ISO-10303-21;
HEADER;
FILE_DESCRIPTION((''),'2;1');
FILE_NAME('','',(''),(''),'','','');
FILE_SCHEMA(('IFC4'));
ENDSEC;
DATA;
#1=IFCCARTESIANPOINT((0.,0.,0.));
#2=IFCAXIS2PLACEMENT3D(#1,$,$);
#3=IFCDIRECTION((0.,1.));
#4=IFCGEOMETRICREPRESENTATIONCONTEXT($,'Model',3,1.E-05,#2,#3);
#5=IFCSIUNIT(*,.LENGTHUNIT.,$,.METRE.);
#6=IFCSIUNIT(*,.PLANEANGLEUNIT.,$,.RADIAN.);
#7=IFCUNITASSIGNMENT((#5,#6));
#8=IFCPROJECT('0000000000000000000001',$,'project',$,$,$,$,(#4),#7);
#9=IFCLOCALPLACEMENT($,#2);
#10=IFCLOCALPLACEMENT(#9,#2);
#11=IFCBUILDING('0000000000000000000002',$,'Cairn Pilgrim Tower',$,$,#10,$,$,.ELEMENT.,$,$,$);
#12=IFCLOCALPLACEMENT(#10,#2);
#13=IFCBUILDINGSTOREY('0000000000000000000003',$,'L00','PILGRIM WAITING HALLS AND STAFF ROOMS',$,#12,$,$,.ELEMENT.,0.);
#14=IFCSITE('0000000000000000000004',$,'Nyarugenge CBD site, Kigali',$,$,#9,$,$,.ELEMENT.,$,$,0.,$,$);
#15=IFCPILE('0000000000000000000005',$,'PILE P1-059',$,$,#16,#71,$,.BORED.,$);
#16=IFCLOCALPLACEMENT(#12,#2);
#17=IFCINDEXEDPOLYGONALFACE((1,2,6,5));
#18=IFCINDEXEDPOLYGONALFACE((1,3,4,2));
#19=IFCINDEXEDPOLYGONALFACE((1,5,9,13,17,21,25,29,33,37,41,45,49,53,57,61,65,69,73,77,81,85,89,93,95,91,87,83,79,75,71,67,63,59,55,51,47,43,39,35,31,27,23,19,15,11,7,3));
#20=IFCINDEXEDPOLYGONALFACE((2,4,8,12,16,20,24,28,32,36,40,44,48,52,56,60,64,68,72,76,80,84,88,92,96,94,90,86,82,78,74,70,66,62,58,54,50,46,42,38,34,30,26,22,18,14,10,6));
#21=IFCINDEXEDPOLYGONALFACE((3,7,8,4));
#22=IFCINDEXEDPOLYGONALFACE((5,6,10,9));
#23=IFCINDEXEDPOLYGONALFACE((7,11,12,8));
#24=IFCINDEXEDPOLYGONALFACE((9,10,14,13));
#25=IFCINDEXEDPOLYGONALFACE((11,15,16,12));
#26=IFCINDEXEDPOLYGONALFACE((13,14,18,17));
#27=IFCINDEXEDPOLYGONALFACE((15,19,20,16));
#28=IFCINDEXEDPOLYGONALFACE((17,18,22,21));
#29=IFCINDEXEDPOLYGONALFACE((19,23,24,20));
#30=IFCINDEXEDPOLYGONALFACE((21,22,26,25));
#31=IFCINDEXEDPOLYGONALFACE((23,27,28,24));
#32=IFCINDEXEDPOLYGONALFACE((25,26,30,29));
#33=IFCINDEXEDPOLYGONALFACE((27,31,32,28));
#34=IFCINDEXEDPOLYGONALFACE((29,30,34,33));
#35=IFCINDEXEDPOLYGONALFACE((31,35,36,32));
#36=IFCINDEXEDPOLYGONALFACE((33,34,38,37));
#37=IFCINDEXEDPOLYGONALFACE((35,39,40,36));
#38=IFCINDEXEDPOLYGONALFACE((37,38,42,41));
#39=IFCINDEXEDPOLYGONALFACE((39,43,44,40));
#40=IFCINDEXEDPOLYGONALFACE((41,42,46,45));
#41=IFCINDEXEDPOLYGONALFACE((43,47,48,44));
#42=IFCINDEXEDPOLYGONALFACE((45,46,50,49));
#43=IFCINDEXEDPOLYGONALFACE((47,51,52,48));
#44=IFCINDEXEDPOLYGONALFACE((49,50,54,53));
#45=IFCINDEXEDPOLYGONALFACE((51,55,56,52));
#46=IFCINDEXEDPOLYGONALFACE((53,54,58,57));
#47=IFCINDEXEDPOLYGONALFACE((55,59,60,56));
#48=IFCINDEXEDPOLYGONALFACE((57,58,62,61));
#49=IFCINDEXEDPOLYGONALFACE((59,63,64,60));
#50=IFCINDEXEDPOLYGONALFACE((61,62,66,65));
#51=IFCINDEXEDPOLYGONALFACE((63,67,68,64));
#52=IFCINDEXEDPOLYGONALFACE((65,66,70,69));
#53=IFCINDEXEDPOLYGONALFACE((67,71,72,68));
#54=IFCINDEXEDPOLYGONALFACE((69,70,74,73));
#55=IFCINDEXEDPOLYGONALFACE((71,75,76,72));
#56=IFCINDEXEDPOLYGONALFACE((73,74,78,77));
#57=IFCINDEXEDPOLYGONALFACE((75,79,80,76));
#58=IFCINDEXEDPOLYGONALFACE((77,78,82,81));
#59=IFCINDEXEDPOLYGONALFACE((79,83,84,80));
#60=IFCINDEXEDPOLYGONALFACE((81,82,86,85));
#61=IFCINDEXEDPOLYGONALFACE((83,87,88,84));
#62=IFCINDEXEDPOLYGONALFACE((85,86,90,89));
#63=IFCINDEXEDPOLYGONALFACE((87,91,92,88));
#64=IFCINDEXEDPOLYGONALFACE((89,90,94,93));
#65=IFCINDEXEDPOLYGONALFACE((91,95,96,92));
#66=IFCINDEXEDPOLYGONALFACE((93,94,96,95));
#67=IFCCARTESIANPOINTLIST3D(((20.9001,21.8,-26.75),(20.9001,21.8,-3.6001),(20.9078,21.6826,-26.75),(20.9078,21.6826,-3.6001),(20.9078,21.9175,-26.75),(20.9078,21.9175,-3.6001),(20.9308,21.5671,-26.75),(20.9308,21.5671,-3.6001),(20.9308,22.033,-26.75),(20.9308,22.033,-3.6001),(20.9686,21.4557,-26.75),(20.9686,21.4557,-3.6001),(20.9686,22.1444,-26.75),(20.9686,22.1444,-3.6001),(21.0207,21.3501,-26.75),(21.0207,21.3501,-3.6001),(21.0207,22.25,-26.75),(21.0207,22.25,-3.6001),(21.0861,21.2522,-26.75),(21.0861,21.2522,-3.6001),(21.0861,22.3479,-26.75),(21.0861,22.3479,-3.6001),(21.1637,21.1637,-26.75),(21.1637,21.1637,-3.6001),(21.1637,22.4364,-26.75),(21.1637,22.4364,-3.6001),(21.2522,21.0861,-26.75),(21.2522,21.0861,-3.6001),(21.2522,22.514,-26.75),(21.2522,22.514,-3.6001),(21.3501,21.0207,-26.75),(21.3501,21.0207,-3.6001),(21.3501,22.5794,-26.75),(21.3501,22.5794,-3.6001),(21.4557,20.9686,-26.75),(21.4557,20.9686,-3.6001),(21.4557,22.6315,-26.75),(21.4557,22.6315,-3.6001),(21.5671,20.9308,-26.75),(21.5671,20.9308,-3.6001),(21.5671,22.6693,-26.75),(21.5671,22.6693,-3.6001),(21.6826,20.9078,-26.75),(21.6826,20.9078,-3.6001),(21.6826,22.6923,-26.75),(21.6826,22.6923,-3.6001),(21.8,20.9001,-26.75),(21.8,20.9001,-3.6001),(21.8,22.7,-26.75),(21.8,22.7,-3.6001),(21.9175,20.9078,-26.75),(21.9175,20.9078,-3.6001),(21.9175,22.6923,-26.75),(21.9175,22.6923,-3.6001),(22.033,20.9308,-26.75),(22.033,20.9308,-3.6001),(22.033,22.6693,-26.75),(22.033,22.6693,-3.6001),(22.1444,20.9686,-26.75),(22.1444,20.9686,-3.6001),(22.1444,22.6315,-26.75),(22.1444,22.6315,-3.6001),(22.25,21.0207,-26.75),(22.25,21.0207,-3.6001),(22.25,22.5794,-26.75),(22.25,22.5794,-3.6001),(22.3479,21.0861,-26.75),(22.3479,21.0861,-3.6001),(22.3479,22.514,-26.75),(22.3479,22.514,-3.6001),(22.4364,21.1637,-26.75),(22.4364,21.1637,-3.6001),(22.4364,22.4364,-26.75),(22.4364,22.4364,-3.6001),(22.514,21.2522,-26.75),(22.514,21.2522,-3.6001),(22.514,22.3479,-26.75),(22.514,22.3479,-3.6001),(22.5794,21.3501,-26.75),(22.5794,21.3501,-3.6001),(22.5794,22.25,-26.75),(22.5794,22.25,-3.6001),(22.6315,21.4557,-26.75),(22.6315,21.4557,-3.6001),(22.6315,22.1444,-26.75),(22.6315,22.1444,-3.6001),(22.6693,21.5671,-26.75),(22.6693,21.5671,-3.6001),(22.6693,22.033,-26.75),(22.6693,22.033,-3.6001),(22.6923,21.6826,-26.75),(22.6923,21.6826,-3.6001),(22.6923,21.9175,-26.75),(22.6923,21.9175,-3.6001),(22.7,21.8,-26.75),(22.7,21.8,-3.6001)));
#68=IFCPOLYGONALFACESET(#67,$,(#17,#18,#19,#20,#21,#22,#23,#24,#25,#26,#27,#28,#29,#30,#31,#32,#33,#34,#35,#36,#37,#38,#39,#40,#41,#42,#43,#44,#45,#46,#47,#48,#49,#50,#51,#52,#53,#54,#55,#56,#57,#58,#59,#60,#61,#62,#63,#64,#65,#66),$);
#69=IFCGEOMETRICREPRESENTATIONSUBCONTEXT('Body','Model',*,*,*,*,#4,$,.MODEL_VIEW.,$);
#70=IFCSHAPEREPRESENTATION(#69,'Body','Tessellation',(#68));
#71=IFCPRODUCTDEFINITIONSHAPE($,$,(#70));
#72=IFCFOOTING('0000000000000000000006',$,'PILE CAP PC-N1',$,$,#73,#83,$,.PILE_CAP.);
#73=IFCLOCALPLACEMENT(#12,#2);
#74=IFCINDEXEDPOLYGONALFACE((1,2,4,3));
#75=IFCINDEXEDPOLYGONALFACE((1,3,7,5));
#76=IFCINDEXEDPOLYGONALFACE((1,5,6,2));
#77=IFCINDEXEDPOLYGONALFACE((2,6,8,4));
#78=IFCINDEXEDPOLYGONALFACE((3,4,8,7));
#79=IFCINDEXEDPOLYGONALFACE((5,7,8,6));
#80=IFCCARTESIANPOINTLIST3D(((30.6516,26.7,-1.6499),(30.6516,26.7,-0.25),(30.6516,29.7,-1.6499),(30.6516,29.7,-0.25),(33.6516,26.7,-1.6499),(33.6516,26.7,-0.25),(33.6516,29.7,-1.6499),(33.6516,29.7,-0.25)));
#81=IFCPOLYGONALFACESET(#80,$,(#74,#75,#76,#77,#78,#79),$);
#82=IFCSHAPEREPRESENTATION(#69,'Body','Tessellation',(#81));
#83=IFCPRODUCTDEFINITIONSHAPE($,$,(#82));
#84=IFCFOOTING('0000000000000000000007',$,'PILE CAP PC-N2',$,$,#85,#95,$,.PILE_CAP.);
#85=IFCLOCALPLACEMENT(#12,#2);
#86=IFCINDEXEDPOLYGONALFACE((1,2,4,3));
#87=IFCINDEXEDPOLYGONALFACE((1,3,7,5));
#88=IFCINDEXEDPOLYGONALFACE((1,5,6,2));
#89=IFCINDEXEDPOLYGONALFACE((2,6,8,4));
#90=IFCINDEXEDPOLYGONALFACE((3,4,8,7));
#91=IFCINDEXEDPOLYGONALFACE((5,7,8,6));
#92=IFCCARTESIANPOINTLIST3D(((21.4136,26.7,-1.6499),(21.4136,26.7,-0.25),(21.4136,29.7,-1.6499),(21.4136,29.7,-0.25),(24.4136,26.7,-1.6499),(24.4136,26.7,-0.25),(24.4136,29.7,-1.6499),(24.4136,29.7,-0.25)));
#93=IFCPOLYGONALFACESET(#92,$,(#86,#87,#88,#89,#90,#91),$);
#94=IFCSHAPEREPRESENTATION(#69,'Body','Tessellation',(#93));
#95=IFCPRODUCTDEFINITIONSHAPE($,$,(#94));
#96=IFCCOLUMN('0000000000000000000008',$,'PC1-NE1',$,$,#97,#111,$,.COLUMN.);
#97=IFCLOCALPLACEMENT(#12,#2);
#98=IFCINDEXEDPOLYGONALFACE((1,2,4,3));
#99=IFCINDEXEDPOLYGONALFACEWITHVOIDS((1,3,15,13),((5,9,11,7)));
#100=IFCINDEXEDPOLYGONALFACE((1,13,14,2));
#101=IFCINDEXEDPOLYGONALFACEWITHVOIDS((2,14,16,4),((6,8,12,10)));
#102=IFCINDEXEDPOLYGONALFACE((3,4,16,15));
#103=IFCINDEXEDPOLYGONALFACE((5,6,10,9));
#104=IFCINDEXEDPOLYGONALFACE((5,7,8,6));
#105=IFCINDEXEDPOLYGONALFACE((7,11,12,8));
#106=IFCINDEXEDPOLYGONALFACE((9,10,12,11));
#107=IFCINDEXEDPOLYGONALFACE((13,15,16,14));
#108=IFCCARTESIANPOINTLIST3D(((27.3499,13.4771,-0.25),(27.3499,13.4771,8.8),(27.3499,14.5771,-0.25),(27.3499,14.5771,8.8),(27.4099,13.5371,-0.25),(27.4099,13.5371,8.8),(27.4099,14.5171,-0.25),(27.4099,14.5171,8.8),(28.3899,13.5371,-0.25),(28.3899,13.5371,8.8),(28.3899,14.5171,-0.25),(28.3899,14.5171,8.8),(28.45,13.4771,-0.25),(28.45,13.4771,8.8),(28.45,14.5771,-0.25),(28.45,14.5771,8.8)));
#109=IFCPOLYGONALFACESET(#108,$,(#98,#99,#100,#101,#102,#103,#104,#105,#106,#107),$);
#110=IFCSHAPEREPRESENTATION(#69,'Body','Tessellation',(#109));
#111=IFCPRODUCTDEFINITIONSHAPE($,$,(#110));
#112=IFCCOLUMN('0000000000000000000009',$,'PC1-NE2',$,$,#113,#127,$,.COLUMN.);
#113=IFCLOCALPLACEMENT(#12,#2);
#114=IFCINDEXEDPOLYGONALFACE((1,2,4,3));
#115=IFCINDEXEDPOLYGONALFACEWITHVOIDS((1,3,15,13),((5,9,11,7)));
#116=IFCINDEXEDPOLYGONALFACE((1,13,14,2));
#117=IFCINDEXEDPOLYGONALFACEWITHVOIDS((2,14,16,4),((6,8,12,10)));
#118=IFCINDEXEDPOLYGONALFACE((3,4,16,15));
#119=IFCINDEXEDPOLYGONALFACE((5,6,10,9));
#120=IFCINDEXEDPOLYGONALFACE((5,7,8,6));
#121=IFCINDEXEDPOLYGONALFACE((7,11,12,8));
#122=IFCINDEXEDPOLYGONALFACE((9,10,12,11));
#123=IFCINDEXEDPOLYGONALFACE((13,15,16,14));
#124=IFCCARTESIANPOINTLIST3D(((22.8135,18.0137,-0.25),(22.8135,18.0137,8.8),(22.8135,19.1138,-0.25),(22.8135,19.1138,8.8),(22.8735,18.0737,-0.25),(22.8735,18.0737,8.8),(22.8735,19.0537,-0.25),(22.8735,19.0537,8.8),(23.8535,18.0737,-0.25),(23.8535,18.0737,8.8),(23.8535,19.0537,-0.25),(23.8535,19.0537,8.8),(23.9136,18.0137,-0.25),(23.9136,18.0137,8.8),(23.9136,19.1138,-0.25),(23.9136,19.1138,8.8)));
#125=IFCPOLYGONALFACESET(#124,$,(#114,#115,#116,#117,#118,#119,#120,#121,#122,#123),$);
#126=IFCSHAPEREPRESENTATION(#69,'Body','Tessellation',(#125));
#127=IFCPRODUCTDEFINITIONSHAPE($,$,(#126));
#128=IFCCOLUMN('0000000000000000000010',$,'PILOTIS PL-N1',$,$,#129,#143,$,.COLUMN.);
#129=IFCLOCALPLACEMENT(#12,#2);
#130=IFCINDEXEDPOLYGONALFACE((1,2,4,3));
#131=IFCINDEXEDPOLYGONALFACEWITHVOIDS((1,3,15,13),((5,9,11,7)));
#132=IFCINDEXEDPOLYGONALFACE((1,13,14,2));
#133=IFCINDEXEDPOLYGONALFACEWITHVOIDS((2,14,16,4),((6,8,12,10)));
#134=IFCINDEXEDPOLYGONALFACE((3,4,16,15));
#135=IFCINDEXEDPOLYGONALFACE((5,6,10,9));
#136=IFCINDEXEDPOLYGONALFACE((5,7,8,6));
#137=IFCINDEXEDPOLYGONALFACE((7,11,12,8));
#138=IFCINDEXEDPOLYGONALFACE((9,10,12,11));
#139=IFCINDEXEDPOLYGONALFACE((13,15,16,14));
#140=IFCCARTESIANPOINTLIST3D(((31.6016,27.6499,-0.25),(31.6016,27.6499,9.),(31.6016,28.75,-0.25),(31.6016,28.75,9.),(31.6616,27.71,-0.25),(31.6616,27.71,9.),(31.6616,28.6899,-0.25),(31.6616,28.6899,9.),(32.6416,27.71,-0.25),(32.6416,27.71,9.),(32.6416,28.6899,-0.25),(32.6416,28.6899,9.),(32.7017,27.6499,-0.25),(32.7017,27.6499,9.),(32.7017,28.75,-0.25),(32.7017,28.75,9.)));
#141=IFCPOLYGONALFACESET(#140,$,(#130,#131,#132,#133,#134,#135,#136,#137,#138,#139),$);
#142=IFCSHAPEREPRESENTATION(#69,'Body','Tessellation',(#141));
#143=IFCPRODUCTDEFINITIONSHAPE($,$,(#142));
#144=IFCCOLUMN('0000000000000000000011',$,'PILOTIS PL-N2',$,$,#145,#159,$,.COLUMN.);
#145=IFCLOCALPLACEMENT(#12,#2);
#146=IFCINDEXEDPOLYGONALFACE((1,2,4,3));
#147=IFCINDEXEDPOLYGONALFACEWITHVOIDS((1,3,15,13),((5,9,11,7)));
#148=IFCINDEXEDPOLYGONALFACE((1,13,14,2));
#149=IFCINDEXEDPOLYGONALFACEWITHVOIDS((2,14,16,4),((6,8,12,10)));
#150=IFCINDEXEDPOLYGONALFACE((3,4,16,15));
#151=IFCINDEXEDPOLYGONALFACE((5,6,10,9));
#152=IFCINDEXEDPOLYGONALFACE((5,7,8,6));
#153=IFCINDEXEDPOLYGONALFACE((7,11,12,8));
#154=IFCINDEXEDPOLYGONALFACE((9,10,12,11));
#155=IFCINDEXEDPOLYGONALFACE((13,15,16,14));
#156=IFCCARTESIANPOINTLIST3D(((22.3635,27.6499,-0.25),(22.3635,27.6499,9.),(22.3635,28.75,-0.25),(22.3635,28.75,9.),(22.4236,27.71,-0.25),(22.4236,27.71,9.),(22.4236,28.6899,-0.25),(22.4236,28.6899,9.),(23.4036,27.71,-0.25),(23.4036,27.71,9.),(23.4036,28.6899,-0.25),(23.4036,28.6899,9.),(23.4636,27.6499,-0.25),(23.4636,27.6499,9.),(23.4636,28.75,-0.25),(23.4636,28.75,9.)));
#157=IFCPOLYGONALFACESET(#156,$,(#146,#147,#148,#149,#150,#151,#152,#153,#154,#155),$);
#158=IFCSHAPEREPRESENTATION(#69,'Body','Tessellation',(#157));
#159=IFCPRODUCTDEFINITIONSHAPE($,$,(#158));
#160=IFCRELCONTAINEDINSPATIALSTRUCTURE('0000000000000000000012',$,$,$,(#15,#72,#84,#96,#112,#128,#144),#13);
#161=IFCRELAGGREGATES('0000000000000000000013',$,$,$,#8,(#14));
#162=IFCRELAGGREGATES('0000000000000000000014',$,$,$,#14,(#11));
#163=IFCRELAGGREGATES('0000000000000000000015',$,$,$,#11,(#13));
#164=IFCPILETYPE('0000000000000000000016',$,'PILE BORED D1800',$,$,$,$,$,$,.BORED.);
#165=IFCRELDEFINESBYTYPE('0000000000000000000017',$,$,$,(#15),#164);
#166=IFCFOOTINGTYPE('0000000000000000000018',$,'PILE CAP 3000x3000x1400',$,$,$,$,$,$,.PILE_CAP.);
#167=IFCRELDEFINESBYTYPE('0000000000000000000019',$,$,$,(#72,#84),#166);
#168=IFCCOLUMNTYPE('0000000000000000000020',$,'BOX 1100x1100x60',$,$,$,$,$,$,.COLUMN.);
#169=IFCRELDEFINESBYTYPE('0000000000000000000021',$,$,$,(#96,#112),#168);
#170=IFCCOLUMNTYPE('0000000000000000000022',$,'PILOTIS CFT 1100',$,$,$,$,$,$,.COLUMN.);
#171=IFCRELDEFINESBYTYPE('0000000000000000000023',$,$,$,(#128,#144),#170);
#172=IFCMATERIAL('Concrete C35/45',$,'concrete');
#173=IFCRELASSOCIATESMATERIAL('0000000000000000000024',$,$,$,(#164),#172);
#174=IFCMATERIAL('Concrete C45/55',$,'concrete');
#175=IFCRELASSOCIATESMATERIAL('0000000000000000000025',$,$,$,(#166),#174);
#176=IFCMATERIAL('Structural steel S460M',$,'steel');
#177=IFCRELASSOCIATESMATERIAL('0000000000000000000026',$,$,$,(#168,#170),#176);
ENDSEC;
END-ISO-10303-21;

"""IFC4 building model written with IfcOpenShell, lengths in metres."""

from ifc_helpers import new_model, si_unit, direction, frame, origin, origin_2d, place, context, subcontext, project, spatial, rectangle, hollow_rectangle, circle, extrude, material, material_profile, profile_set, type_object, element, save


model = new_model("IFC4")

# Units and contexts
model_context = context("Model", 3, precision=1e-05, world=origin(), true_north=direction((0.0, 1.0)))
body_context = subcontext(model_context, "Body", "Model", "MODEL_VIEW")
ifc_project = project(units=[si_unit("LENGTHUNIT", "METRE"), si_unit("PLANEANGLEUNIT", "RADIAN")], contexts=[model_context])

# Site, building, storey
site_placement = place(None, origin())
site = spatial("IfcSite", under=ifc_project, at=site_placement, Name="Nyarugenge CBD site, Kigali", CompositionType="ELEMENT", RefElevation=0.0)
building_placement = place(site_placement, origin())
building = spatial("IfcBuilding", under=site, at=building_placement, Name="Cairn Pilgrim Tower", CompositionType="ELEMENT")
storey_placement = place(building_placement, origin())
storey = spatial("IfcBuildingStorey", under=building, at=storey_placement, Name="L00", Description="PILGRIM WAITING HALLS AND STAFF ROOMS", CompositionType="ELEMENT", Elevation=0.0)

# Pile
ifc_material_1 = material(Name="Concrete C35/45", Category="concrete")
ifc_material_profile_1 = material_profile(ifc_material_1, circle(Radius=0.8999, at=origin_2d()), Name="D1800")
ifc_profile_set_1 = profile_set([ifc_material_profile_1], Name="Concrete C35/45")
pile_type_1 = type_object("IfcPileType", Name="PILE BORED D1800", PredefinedType="BORED", material=ifc_profile_set_1)
for number, where, z_axis, x_axis, name in (
    (1, (21.8, 21.8, -3.6001), (0.0, 0.0, -1.0), (1.0, 0.0, 0.0), "PILE P1-059"),
):
    element("IfcPile", number, at=place(storey_placement, frame(where, z_axis=z_axis, x_axis=x_axis)), inside=storey, type_object=pile_type_1, Name=name, PredefinedType="BORED", context=body_context, shape_type="SweptSolid", body=[
        extrude(circle(Radius=0.8999, at=origin_2d()), origin(), (0.0, 0.0, 1.0), 23.1499),
    ])

# Footings
ifc_material_2 = material(Name="Concrete C45/55", Category="concrete")
footing_type_1 = type_object("IfcFootingType", Name="PILE CAP 3000x3000x1400", PredefinedType="PILE_CAP", material=ifc_material_2)
for number, where, z_axis, x_axis, name in (
    (2, (32.1516, 28.2, -1.6499), (0.0, 0.0, 1.0), (1.0, 0.0, 0.0), "PILE CAP PC-N1"),
    (3, (22.9136, 28.2, -1.6499), (0.0, 0.0, 1.0), (1.0, 0.0, 0.0), "PILE CAP PC-N2"),
):
    element("IfcFooting", number, at=place(storey_placement, frame(where, z_axis=z_axis, x_axis=x_axis)), inside=storey, type_object=footing_type_1, Name=name, PredefinedType="PILE_CAP", context=body_context, shape_type="SweptSolid", body=[
        extrude(rectangle(XDim=3.0, YDim=3.0, at=origin_2d()), origin(), (0.0, 0.0, 1.0), 1.3999),
    ])

# Columns
ifc_material_3 = material(Name="Structural steel S460M", Category="steel")
ifc_material_profile_2 = material_profile(ifc_material_3, hollow_rectangle(XDim=1.1001, YDim=1.1001, WallThickness=0.0601, at=origin_2d()), Name="BOX 1100x1100x60")
ifc_profile_set_2 = profile_set([ifc_material_profile_2], Name="Structural steel S460M")
column_type_1 = type_object("IfcColumnType", Name="BOX 1100x1100x60", PredefinedType="COLUMN", material=ifc_profile_set_2)
for number, where, z_axis, x_axis, name in (
    (4, (27.8999, 14.0271, -0.25), (0.0, 0.0, 1.0), (1.0, 0.0, 0.0), "PC1-NE1"),
    (5, (23.3635, 18.5637, -0.25), (0.0, 0.0, 1.0), (1.0, 0.0, 0.0), "PC1-NE2"),
):
    element("IfcColumn", number, at=place(storey_placement, frame(where, z_axis=z_axis, x_axis=x_axis)), inside=storey, type_object=column_type_1, Name=name, PredefinedType="COLUMN", context=body_context, shape_type="SweptSolid", body=[
        extrude(hollow_rectangle(XDim=1.1001, YDim=1.1001, WallThickness=0.0601, at=origin_2d()), origin(), (0.0, 0.0, 1.0), 9.05),
    ])
ifc_material_profile_3 = material_profile(ifc_material_3, hollow_rectangle(XDim=1.1001, YDim=1.1001, WallThickness=0.0601, at=origin_2d()), Name="BOX 1100x1100x60")
ifc_profile_set_3 = profile_set([ifc_material_profile_3], Name="Structural steel S460M")
column_type_2 = type_object("IfcColumnType", Name="PILOTIS CFT 1100", PredefinedType="COLUMN", material=ifc_profile_set_3)
for number, where, z_axis, x_axis, name in (
    (6, (32.1516, 28.2, -0.25), (0.0, 0.0, 1.0), (1.0, 0.0, 0.0), "PILOTIS PL-N1"),
    (7, (22.9136, 28.2, -0.25), (0.0, 0.0, 1.0), (1.0, 0.0, 0.0), "PILOTIS PL-N2"),
):
    element("IfcColumn", number, at=place(storey_placement, frame(where, z_axis=z_axis, x_axis=x_axis)), inside=storey, type_object=column_type_2, Name=name, PredefinedType="COLUMN", context=body_context, shape_type="SweptSolid", body=[
        extrude(hollow_rectangle(XDim=1.1001, YDim=1.1001, WallThickness=0.0601, at=origin_2d()), origin(), (0.0, 0.0, 1.0), 9.25),
    ])

save(model, "model.ifc")
